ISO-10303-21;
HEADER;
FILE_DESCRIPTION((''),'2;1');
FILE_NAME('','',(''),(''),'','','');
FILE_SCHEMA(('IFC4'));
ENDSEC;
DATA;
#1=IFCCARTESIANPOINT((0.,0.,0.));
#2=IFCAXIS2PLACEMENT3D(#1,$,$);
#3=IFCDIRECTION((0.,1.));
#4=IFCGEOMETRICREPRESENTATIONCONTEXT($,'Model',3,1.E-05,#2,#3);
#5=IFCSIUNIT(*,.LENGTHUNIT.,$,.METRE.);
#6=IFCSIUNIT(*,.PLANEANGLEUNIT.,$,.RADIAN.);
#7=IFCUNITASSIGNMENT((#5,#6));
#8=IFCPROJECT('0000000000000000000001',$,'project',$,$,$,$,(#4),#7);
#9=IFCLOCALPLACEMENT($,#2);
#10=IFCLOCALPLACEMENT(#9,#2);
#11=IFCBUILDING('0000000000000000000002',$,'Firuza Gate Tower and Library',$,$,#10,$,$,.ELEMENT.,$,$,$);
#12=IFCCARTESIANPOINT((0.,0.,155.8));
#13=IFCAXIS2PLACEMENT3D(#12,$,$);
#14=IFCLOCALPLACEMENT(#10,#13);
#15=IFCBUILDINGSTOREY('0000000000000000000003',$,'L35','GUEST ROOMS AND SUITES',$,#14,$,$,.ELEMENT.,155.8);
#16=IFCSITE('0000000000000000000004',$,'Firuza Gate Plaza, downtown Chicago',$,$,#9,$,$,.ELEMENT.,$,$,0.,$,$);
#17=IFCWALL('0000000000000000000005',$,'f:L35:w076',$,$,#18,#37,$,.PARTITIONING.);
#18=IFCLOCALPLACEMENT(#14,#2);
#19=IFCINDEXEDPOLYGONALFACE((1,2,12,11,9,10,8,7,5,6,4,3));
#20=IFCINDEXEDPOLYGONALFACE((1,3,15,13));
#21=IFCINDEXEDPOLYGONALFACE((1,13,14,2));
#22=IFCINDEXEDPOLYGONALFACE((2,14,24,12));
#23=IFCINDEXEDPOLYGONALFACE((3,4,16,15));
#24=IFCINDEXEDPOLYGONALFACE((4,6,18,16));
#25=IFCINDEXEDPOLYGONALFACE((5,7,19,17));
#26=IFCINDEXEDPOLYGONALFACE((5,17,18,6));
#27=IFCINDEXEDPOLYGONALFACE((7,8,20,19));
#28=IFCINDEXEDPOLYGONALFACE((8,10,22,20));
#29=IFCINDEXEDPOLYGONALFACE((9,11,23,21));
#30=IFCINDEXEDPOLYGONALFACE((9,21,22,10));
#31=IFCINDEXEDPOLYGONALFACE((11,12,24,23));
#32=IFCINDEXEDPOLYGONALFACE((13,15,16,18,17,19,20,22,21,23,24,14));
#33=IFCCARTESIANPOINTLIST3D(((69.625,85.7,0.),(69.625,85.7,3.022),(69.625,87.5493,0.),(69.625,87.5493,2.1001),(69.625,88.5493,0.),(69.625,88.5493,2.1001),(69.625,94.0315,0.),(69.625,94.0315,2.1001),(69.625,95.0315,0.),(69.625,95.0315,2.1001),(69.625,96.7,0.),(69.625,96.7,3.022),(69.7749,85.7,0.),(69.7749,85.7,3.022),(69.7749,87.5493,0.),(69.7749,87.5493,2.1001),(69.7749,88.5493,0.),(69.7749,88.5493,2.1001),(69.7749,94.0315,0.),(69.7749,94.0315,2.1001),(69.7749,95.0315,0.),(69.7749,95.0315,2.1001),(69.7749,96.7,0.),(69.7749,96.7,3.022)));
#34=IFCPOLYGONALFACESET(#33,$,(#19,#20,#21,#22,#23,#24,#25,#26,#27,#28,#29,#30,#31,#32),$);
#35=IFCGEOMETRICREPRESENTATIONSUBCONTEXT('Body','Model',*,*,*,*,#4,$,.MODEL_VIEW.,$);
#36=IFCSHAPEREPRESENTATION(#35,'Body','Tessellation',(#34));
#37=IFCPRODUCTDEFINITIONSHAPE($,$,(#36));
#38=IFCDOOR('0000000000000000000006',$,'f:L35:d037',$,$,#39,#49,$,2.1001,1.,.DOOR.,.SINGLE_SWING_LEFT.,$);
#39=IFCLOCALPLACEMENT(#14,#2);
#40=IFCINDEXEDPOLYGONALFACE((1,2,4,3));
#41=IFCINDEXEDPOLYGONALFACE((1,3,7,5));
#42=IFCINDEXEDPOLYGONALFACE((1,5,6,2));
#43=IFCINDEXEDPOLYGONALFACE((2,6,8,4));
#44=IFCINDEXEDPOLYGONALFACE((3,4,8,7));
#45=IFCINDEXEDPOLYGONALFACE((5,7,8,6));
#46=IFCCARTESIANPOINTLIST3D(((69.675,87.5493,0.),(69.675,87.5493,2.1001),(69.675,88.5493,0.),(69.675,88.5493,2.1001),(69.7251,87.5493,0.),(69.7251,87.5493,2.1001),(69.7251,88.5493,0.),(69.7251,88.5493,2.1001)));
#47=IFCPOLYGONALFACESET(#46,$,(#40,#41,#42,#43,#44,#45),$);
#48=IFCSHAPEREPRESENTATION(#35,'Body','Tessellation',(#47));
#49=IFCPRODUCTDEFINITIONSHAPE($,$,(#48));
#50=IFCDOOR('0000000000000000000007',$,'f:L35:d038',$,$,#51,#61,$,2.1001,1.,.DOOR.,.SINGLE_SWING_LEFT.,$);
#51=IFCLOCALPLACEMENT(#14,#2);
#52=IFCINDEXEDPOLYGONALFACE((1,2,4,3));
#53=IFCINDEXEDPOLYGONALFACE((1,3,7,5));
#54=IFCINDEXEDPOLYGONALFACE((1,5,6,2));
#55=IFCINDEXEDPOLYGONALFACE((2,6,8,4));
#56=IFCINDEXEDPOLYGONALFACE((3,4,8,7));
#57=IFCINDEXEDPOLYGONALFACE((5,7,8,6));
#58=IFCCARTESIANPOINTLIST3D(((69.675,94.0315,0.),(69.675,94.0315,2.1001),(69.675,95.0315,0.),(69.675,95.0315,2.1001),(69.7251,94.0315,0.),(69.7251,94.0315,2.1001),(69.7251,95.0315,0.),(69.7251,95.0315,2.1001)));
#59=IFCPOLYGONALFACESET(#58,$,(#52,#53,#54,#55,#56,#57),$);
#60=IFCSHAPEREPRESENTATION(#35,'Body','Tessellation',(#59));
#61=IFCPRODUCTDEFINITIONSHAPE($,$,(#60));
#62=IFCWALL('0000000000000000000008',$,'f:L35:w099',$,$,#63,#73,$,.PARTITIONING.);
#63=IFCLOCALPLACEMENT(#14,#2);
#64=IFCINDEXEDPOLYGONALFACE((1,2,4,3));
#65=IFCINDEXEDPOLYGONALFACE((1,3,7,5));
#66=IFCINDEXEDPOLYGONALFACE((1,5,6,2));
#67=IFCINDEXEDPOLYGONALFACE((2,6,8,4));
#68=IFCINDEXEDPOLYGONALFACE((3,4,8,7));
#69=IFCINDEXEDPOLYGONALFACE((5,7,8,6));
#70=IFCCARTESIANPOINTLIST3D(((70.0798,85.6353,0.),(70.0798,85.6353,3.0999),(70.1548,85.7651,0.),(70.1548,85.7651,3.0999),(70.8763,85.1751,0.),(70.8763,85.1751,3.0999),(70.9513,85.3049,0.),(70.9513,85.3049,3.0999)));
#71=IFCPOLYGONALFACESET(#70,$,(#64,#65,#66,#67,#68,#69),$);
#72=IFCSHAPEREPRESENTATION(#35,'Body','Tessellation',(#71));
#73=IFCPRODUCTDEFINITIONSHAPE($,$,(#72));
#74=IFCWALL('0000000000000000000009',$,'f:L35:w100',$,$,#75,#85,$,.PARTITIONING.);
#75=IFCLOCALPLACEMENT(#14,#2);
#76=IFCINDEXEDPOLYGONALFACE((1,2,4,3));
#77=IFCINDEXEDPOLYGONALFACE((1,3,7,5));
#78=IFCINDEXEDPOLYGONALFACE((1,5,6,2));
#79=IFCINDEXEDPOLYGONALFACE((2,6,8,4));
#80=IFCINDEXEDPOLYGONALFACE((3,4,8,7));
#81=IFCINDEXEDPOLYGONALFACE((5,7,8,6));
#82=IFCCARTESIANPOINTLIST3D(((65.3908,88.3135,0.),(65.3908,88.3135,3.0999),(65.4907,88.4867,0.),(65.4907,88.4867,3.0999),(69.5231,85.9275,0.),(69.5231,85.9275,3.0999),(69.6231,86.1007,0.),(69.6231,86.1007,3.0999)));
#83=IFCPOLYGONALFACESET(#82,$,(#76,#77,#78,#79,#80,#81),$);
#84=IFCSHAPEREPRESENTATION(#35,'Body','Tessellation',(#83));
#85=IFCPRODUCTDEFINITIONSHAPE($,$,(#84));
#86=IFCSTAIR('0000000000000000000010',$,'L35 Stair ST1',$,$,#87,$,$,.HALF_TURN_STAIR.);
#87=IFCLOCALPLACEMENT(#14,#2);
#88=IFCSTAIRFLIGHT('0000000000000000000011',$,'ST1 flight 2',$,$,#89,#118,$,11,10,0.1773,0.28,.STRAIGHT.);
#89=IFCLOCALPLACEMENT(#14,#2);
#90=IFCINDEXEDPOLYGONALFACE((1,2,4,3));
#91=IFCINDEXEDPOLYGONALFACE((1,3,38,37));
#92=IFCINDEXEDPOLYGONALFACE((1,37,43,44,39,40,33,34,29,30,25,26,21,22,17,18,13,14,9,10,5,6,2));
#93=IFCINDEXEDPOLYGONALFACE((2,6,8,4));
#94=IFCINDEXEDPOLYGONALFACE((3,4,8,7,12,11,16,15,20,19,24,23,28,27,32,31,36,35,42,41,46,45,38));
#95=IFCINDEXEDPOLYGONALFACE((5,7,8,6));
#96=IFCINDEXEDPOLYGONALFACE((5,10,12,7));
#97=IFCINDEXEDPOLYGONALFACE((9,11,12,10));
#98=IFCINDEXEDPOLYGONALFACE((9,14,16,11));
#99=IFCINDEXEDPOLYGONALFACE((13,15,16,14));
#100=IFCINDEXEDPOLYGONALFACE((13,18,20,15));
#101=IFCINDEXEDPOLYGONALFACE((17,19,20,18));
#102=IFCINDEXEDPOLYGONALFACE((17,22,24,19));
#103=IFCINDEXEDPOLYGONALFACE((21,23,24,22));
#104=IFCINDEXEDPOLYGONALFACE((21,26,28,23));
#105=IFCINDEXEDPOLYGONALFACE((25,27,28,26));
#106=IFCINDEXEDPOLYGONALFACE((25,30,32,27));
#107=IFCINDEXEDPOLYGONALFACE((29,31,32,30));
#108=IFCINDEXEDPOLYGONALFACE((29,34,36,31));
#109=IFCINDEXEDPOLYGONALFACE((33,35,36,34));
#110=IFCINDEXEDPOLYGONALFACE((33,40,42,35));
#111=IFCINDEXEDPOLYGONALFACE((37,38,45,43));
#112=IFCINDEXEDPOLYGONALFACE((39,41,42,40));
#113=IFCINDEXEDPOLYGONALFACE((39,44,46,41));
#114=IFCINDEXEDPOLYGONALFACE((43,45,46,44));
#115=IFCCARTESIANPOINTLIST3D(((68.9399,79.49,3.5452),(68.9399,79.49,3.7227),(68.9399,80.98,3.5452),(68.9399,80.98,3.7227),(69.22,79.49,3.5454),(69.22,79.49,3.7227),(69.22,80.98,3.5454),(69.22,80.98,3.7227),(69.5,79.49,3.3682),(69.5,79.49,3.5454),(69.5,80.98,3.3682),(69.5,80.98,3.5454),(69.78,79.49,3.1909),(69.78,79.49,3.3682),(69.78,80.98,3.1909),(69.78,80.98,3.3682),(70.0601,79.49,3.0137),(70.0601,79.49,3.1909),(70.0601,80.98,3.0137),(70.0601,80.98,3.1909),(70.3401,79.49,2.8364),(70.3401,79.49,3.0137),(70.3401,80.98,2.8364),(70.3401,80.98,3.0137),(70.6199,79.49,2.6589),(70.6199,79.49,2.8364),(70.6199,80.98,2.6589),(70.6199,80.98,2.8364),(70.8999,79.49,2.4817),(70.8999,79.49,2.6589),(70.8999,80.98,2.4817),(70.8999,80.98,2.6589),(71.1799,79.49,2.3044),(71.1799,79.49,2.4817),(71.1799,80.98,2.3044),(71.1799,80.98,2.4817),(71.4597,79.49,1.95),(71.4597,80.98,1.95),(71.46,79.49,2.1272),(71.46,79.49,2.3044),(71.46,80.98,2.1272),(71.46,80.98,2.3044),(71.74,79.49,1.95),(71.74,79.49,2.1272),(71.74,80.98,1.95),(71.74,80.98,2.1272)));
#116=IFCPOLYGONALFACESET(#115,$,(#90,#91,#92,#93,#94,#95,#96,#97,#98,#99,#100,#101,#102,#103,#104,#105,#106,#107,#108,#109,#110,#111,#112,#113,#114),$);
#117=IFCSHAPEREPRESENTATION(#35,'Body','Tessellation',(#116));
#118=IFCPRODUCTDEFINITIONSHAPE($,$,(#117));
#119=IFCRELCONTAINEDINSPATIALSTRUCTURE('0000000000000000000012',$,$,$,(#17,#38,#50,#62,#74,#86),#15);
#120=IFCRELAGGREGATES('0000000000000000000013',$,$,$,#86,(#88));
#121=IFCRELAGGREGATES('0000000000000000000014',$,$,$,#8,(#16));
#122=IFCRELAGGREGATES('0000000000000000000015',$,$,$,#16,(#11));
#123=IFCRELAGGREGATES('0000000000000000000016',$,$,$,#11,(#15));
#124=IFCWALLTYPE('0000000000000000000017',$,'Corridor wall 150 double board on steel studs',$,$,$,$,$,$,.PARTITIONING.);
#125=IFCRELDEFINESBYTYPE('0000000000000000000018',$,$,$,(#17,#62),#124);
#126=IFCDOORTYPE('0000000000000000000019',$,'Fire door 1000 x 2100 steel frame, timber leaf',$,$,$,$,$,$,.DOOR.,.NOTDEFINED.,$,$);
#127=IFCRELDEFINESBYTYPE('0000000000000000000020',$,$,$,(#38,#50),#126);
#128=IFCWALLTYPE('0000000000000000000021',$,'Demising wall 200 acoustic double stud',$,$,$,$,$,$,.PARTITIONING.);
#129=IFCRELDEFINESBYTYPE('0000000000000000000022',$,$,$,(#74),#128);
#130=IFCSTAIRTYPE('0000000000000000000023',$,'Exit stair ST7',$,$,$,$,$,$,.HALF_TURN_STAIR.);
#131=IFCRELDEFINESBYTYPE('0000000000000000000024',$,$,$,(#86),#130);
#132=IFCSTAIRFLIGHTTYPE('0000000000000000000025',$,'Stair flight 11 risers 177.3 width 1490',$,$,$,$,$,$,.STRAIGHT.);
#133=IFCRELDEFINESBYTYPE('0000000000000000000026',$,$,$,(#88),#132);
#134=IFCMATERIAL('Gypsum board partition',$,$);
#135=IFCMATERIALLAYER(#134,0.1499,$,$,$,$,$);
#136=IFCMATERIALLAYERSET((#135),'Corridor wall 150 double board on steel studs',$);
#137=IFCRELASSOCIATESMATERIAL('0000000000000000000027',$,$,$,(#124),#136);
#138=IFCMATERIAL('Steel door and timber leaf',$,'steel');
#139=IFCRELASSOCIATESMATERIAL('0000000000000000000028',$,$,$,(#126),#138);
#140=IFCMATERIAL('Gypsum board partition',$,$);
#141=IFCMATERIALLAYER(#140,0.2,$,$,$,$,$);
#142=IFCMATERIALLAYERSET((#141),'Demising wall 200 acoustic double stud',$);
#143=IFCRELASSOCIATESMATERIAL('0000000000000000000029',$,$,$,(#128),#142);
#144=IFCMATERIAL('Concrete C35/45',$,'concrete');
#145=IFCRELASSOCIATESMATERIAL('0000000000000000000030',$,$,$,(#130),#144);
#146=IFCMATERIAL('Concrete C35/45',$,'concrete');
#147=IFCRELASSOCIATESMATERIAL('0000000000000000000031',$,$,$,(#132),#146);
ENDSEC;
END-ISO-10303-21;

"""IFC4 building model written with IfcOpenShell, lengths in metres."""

from ifc_helpers import new_model, si_unit, direction, frame, frame_2d, origin, place, context, subcontext, project, spatial, polyline, rectangle, outline, extrude, material, layer, layer_set, type_object, element, fill, aggregate, save


model = new_model("IFC4")

# Units and contexts
model_context = context("Model", 3, precision=1e-05, world=origin(), true_north=direction((0.0, 1.0)))
body_context = subcontext(model_context, "Body", "Model", "MODEL_VIEW")
ifc_project = project(units=[si_unit("LENGTHUNIT", "METRE"), si_unit("PLANEANGLEUNIT", "RADIAN")], contexts=[model_context])

# Site, building, storey
site_placement = place(None, origin())
site = spatial("IfcSite", under=ifc_project, at=site_placement, Name="Firuza Gate Plaza, downtown Chicago", CompositionType="ELEMENT", RefElevation=0.0)
building_placement = place(site_placement, origin())
building = spatial("IfcBuilding", under=site, at=building_placement, Name="Firuza Gate Tower and Library", CompositionType="ELEMENT")
storey_placement = place(building_placement, frame((0.0, 0.0, 155.8)))
storey = spatial("IfcBuildingStorey", under=building, at=storey_placement, Name="L35", Description="GUEST ROOMS AND SUITES", CompositionType="ELEMENT", Elevation=155.8)

# Shared definitions
ifc_material_1 = material(Name="Gypsum board partition")
ifc_layer_1 = layer(ifc_material_1, 0.1499)
ifc_layer_set_1 = layer_set([ifc_layer_1], Name="Corridor wall 150 double board on steel studs")
wall_type_1 = type_object("IfcWallType", Name="Corridor wall 150 double board on steel studs", PredefinedType="PARTITIONING", material=ifc_layer_set_1)

# Wall, openings, doors
wall_1_placement = place(storey_placement, frame((69.7, 85.7, 0.0), z_axis=(0.0, 0.0, 1.0), x_axis=(0.0, 1.0, 0.0)))
wall_1 = element("IfcWall", 1, at=wall_1_placement, inside=storey, type_object=wall_type_1, Name="f:L35:w076", PredefinedType="PARTITIONING", context=body_context, shape_type="SweptSolid", body=[
    extrude(rectangle(XDim=11.0, YDim=0.1499, at=frame_2d((5.5, 0.0))), origin(), (0.0, 0.0, 1.0), 3.022),
])
opening_1_placement = place(wall_1_placement, frame((1.8494, 0.0, 0.0)))
opening_1 = element("IfcOpeningElement", 2, at=opening_1_placement, cuts=wall_1, PredefinedType="OPENING", context=body_context, shape_type="SweptSolid", body=[
    extrude(rectangle(XDim=1.0, YDim=2.1001, at=frame_2d((0.5, 1.05))), frame((0.0, 0.085, 0.0), z_axis=(0.0, -1.0, 0.0), x_axis=(1.0, 0.0, 0.0)), (0.0, 0.0, 1.0), 0.1699),
])
opening_2_placement = place(wall_1_placement, frame((8.3315, 0.0, 0.0)))
opening_2 = element("IfcOpeningElement", 3, at=opening_2_placement, cuts=wall_1, PredefinedType="OPENING", context=body_context, shape_type="SweptSolid", body=[
    extrude(rectangle(XDim=1.0, YDim=2.1001, at=frame_2d((0.5, 1.05))), frame((0.0, 0.085, 0.0), z_axis=(0.0, -1.0, 0.0), x_axis=(1.0, 0.0, 0.0)), (0.0, 0.0, 1.0), 0.1699),
])
ifc_material_2 = material(Name="Steel door and timber leaf", Category="steel")
door_type_1 = type_object("IfcDoorType", Name="Fire door 1000 x 2100 steel frame, timber leaf", OperationType="NOTDEFINED", PredefinedType="DOOR", material=ifc_material_2)
door_1_placement = place(opening_1_placement, origin())
door_1 = element("IfcDoor", 4, at=door_1_placement, inside=storey, type_object=door_type_1, Name="f:L35:d037", OperationType="SINGLE_SWING_LEFT", OverallHeight=2.1001, OverallWidth=1.0, PredefinedType="DOOR", context=body_context, shape_type="SweptSolid", body=[
    extrude(rectangle(XDim=1.0, YDim=2.1001, at=frame_2d((0.5, 1.05))), frame((0.0, 0.0249, 0.0), z_axis=(0.0, -1.0, 0.0), x_axis=(1.0, 0.0, 0.0)), (0.0, 0.0, 1.0), 0.05),
])
fill(opening_1, door_1)
door_2_placement = place(opening_2_placement, origin())
door_2 = element("IfcDoor", 5, at=door_2_placement, inside=storey, type_object=door_type_1, Name="f:L35:d038", OperationType="SINGLE_SWING_LEFT", OverallHeight=2.1001, OverallWidth=1.0, PredefinedType="DOOR", context=body_context, shape_type="SweptSolid", body=[
    extrude(rectangle(XDim=1.0, YDim=2.1001, at=frame_2d((0.5, 1.05))), frame((0.0, 0.0249, 0.0), z_axis=(0.0, -1.0, 0.0), x_axis=(1.0, 0.0, 0.0)), (0.0, 0.0, 1.0), 0.05),
])
fill(opening_2, door_2)

# Walls
wall_2_placement = place(storey_placement, frame((70.9138, 85.24, 0.0), z_axis=(0.0, 0.0, 1.0), x_axis=(-0.865898, 0.50022, 0.0)))
element("IfcWall", 6, at=wall_2_placement, inside=storey, type_object=wall_type_1, Name="f:L35:w099", PredefinedType="PARTITIONING", context=body_context, shape_type="SweptSolid", body=[
    extrude(rectangle(XDim=0.9199, YDim=0.1499, at=frame_2d((0.46, 0.0))), origin(), (0.0, 0.0, 1.0), 3.0999),
])
ifc_material_3 = material(Name="Gypsum board partition")
ifc_layer_2 = layer(ifc_material_3, 0.2)
ifc_layer_set_2 = layer_set([ifc_layer_2], Name="Demising wall 200 acoustic double stud")
wall_type_2 = type_object("IfcWallType", Name="Demising wall 200 acoustic double stud", PredefinedType="PARTITIONING", material=ifc_layer_set_2)
wall_3_placement = place(storey_placement, frame((69.573, 86.0142, 0.0), z_axis=(0.0, 0.0, 1.0), x_axis=(-0.866008, 0.50003, 0.0)))
element("IfcWall", 7, at=wall_3_placement, inside=storey, type_object=wall_type_2, Name="f:L35:w100", PredefinedType="PARTITIONING", context=body_context, shape_type="SweptSolid", body=[
    extrude(rectangle(XDim=4.7717, YDim=0.2, at=frame_2d((2.3857, 0.0))), origin(), (0.0, 0.0, 1.0), 3.0999),
])

# Stair, stair flight
ifc_material_4 = material(Name="Concrete C35/45", Category="concrete")
stair_type = type_object("IfcStairType", Name="Exit stair ST7", PredefinedType="HALF_TURN_STAIR", material=ifc_material_4)
stair_placement = place(storey_placement, origin())
stair = element("IfcStair", 8, at=stair_placement, inside=storey, type_object=stair_type, Name="L35 Stair ST1", PredefinedType="HALF_TURN_STAIR")
ifc_material_5 = material(Name="Concrete C35/45", Category="concrete")
stair_flight_type = type_object("IfcStairFlightType", Name="Stair flight 11 risers 177.3 width 1490", PredefinedType="STRAIGHT", material=ifc_material_5)
stair_flight_placement = place(storey_placement, frame((71.74, 80.2351, 1.95), z_axis=(0.0, 0.0, 1.0), x_axis=(-1.0, 0.0, 0.0)))
stair_flight = element("IfcStairFlight", 9, at=stair_flight_placement, type_object=stair_flight_type, Name="ST1 flight 2", NumberOfRisers=11, NumberOfTreads=10, PredefinedType="STRAIGHT", RiserHeight=0.1773, TreadLength=0.28, context=body_context, shape_type="SweptSolid", body=[
    extrude(outline(polyline([(0.0, 0.0), (0.0, 0.1772), (0.28, 0.1772), (0.28, 0.3545), (0.5601, 0.3545), (0.5601, 0.5317), (0.8401, 0.5317), (0.8401, 0.709), (1.1201, 0.709), (1.1201, 0.8865), (1.3999, 0.8865), (1.3999, 1.0637), (1.6799, 1.0637), (1.6799, 1.241), (1.96, 1.241), (1.96, 1.4182), (2.24, 1.4182), (2.24, 1.5955), (2.52, 1.5955), (2.52, 1.7727), (2.8, 1.7727), (2.8, 1.95), (2.8, 1.5952), (0.2803, 0.0), (0.0, 0.0)])), frame((0.0, 0.7451, 0.0), z_axis=(0.0, -1.0, 0.0), x_axis=(1.0, 0.0, 0.0)), (0.0, 0.0, 1.0), 1.49),
])
aggregate(stair, [stair_flight])

save(model, "model.ifc")
